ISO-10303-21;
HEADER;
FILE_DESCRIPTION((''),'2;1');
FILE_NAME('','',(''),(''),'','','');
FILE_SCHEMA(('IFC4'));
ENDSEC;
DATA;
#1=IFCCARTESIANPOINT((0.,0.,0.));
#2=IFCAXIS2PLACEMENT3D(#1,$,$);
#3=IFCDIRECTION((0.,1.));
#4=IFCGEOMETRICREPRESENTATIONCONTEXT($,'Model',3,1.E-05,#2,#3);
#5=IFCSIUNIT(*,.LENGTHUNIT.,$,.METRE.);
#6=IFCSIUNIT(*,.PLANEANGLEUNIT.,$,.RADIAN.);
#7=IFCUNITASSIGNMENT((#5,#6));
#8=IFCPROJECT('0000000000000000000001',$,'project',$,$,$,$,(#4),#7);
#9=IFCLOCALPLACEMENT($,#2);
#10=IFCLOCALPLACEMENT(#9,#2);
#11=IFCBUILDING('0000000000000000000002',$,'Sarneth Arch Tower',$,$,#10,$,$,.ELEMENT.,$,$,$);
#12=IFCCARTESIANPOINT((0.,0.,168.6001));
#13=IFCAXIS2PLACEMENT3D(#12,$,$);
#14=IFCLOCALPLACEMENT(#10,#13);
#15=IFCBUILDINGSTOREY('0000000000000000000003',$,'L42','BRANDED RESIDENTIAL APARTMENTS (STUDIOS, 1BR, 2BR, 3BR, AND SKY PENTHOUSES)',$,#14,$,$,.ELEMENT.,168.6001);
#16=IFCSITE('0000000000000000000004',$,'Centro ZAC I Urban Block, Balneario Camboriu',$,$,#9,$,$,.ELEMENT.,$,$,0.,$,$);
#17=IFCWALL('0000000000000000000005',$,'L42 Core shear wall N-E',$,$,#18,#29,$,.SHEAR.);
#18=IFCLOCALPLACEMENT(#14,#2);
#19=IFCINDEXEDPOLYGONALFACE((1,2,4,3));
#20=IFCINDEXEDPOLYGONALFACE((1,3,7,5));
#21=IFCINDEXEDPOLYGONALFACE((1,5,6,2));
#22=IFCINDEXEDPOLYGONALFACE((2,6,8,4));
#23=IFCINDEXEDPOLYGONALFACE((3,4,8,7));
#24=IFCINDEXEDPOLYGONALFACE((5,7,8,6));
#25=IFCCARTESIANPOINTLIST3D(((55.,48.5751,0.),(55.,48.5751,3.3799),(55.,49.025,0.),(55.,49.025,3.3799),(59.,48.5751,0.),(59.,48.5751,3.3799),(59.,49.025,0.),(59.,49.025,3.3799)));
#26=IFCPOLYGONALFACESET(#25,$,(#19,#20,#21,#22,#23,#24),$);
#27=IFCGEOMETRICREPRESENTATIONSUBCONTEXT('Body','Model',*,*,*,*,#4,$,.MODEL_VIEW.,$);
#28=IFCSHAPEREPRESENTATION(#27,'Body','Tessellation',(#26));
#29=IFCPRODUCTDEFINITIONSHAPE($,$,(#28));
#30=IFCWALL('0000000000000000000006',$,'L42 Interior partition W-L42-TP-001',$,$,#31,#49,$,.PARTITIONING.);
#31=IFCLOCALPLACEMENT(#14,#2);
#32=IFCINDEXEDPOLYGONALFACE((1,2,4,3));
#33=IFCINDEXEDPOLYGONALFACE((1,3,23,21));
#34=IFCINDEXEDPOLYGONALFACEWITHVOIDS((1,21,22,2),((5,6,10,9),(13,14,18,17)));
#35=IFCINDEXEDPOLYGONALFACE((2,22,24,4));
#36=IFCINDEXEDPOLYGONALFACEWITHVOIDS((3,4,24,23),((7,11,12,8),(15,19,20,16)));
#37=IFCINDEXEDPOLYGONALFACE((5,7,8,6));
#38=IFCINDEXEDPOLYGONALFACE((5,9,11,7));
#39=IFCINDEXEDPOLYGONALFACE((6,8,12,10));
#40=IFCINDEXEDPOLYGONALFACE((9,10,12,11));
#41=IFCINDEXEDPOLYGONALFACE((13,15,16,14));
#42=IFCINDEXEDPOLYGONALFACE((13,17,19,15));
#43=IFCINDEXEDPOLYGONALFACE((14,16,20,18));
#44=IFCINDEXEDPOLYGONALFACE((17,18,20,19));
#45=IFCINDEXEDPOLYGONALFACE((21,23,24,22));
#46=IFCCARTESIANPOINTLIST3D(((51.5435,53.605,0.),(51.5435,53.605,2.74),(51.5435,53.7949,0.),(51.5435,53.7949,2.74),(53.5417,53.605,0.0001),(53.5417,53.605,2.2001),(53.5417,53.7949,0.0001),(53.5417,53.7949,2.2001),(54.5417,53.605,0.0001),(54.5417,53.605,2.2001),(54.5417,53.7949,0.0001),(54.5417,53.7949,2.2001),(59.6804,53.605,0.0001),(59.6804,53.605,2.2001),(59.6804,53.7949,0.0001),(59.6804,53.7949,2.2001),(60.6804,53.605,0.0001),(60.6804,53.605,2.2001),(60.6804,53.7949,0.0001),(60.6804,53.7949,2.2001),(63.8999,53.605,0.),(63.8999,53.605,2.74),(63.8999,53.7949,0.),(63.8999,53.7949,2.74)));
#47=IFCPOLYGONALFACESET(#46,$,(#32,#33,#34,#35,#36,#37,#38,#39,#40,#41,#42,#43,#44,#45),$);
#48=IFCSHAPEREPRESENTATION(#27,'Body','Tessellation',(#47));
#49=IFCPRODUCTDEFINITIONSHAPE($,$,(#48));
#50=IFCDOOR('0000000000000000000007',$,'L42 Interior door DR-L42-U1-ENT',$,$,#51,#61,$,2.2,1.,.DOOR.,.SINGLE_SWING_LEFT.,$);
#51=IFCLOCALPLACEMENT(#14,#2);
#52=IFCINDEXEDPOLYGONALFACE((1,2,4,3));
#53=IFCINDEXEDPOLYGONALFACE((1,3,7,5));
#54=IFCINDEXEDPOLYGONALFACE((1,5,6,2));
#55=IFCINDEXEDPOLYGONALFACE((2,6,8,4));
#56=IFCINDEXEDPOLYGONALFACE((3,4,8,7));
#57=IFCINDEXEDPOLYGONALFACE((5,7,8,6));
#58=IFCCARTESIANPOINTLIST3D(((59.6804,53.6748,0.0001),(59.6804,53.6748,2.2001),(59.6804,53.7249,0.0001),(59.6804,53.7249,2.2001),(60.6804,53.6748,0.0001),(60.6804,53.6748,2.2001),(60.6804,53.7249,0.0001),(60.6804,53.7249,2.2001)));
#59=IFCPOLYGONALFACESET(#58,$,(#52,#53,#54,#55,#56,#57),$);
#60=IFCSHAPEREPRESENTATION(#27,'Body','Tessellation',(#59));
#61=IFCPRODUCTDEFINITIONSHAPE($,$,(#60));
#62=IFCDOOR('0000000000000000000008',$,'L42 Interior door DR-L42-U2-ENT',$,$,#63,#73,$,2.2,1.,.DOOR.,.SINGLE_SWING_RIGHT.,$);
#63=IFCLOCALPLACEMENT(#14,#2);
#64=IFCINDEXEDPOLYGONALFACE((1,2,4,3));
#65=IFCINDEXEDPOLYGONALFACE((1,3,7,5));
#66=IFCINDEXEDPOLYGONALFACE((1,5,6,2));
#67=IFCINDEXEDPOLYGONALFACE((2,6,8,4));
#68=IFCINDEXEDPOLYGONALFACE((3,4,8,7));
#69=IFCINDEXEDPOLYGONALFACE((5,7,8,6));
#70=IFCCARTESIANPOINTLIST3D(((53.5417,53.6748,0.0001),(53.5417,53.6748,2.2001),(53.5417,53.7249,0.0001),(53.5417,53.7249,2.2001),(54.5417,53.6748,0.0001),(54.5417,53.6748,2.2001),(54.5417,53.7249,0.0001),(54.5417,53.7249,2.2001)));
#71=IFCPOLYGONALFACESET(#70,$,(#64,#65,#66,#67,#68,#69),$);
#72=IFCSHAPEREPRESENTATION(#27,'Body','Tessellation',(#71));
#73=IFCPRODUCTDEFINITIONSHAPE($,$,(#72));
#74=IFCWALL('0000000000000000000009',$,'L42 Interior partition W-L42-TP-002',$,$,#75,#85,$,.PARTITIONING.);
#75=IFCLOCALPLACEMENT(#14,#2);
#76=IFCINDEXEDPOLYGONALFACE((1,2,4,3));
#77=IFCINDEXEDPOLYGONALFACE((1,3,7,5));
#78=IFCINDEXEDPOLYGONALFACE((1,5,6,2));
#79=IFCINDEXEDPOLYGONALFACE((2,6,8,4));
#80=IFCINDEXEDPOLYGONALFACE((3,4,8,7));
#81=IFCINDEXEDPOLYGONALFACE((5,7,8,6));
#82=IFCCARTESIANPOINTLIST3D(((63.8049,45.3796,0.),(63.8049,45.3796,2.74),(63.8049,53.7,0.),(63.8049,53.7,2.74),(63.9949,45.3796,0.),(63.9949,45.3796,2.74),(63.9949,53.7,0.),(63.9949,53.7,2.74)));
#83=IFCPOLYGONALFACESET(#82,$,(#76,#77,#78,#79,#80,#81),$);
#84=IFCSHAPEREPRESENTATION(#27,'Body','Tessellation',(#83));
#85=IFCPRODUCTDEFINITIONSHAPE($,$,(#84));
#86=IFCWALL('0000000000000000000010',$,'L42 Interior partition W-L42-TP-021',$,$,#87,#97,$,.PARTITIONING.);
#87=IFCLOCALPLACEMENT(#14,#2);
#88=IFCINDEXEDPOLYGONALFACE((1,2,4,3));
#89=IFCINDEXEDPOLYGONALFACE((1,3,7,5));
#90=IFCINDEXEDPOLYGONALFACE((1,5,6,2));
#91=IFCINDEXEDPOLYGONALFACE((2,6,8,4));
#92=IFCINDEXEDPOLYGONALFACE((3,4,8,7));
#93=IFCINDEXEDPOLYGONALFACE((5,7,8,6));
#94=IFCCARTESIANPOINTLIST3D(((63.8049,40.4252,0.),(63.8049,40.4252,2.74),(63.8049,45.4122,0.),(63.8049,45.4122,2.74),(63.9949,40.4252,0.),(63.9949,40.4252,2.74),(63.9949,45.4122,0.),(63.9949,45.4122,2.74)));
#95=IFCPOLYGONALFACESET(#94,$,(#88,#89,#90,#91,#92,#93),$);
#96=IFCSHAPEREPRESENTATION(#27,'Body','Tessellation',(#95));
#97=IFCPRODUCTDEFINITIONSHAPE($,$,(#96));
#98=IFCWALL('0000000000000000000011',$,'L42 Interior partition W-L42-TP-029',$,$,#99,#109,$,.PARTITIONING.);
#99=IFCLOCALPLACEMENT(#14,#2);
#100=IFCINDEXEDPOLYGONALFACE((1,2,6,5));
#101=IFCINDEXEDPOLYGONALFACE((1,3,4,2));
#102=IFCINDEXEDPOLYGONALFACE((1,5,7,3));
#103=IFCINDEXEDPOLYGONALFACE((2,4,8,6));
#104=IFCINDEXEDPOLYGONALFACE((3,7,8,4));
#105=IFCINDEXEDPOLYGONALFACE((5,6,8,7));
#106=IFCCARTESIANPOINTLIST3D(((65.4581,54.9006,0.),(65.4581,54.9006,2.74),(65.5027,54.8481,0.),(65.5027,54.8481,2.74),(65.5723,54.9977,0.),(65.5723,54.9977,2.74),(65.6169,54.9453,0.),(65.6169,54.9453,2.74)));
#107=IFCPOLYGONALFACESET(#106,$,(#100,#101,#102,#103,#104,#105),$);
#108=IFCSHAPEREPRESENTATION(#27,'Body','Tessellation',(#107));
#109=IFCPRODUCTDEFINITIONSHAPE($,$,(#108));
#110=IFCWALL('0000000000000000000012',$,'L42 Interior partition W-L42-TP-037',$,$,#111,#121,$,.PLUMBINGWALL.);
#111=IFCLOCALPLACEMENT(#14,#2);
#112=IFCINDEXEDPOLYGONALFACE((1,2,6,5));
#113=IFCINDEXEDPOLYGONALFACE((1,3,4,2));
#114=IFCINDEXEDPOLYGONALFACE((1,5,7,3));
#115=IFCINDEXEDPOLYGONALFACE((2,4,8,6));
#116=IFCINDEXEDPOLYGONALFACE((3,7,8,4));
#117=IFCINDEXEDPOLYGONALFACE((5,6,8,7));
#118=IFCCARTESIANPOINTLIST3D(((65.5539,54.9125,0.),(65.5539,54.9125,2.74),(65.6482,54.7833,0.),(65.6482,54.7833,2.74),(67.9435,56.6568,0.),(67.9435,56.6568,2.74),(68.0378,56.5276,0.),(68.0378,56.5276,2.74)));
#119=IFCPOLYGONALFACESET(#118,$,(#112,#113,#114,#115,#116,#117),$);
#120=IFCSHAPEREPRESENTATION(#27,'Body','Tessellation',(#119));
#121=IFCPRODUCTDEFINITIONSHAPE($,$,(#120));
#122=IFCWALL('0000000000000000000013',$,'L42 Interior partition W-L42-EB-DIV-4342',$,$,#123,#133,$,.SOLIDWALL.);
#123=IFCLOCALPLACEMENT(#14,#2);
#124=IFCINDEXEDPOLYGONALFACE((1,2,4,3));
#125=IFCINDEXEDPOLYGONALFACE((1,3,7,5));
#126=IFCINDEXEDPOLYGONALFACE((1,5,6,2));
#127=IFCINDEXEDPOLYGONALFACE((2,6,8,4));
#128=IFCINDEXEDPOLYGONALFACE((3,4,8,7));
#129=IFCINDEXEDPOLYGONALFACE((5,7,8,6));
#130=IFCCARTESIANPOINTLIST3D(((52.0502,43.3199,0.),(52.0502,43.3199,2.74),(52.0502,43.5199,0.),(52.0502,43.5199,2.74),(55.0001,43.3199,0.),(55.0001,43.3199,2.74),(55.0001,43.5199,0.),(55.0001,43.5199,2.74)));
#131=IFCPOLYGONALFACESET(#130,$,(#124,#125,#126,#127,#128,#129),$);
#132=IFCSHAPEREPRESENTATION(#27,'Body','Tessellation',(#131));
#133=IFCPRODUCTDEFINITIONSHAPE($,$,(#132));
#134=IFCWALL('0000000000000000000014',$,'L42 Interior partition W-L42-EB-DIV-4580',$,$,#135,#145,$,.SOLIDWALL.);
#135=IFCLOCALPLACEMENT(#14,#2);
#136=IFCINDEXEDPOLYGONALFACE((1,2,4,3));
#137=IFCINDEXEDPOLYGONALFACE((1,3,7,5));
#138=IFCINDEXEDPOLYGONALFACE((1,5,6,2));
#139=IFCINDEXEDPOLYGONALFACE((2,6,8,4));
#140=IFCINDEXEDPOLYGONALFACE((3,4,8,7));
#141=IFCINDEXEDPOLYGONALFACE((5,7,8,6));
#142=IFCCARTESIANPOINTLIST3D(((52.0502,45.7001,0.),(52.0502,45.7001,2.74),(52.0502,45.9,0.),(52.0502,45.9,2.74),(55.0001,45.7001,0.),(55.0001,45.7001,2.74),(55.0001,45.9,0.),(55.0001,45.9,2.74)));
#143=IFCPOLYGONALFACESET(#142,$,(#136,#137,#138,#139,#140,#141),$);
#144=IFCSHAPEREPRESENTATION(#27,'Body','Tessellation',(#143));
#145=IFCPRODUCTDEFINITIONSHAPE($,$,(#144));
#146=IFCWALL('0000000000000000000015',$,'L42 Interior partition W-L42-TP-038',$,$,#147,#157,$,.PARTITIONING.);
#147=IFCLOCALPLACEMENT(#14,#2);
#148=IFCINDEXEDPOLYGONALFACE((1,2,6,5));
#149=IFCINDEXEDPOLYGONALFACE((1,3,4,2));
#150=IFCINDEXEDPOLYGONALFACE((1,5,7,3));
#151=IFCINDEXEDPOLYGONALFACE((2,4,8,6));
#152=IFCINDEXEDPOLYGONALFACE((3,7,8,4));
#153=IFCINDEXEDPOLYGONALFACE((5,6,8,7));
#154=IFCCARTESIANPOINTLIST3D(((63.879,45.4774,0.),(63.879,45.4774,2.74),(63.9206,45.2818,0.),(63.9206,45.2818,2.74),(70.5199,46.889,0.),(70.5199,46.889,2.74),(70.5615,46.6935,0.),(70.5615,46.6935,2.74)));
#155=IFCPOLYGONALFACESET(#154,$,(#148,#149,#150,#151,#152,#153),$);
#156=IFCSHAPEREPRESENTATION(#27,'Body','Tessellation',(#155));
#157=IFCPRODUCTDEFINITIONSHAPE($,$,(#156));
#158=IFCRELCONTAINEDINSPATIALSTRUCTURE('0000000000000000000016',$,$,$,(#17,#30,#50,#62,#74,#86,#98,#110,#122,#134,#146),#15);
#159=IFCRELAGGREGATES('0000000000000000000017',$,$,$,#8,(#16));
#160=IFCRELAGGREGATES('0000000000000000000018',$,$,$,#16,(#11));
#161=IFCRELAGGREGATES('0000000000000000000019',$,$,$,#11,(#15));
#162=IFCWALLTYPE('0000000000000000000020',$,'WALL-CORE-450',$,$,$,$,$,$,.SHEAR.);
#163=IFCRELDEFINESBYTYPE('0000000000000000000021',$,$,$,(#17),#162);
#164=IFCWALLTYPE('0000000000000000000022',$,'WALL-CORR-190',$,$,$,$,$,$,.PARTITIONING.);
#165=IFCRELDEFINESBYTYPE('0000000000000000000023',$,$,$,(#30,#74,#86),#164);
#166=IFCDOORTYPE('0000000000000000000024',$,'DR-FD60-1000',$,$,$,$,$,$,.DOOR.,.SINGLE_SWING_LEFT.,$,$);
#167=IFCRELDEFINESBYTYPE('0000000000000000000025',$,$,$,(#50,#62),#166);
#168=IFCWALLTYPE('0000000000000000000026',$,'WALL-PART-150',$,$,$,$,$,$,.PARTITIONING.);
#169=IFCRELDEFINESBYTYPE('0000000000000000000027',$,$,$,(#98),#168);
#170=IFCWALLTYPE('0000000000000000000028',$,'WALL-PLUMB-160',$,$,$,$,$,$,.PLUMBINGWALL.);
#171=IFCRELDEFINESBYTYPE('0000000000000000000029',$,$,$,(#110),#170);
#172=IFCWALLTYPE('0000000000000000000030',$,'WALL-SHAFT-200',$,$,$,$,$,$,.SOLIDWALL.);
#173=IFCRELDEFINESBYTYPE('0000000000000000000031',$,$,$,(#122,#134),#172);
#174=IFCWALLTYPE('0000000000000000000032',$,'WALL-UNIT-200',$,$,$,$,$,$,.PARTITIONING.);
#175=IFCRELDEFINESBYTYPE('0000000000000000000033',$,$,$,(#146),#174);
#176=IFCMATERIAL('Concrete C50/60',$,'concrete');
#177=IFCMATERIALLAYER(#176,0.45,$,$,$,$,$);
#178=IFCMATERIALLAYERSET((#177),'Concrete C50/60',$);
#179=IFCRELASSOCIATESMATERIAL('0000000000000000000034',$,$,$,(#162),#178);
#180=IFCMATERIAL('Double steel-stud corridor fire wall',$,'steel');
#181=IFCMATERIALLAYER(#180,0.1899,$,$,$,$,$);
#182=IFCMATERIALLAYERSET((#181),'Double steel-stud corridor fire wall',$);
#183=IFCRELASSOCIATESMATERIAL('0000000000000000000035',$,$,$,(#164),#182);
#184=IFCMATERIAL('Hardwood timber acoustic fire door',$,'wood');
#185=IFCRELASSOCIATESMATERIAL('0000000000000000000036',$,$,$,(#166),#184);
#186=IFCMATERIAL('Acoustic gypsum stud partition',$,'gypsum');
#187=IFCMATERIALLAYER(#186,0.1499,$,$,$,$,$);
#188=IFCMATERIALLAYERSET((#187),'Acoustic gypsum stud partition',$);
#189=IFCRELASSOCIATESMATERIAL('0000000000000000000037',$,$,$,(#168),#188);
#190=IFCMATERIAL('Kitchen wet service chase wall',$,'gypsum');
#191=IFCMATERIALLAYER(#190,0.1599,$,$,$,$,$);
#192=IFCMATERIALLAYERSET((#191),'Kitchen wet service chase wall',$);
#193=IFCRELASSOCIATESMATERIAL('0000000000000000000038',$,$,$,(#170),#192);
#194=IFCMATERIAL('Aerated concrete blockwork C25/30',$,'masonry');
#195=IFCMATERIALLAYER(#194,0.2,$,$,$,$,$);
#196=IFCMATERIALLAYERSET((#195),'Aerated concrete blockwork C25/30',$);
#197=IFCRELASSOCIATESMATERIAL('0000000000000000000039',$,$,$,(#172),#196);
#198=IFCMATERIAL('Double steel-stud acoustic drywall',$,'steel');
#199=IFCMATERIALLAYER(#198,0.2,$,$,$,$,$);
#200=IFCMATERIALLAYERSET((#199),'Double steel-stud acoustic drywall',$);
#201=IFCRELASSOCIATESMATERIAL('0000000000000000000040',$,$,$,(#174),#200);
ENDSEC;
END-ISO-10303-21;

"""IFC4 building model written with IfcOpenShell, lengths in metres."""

from ifc_helpers import new_model, si_unit, direction, frame, frame_2d, origin, place, context, subcontext, project, spatial, rectangle, extrude, material, layer, layer_set, type_object, element, fill, save


model = new_model("IFC4")

# Units and contexts
model_context = context("Model", 3, precision=1e-05, world=origin(), true_north=direction((0.0, 1.0)))
body_context = subcontext(model_context, "Body", "Model", "MODEL_VIEW")
ifc_project = project(units=[si_unit("LENGTHUNIT", "METRE"), si_unit("PLANEANGLEUNIT", "RADIAN")], contexts=[model_context])

# Site, building, storey
site_placement = place(None, origin())
site = spatial("IfcSite", under=ifc_project, at=site_placement, Name="Centro ZAC I Urban Block, Balneario Camboriu", CompositionType="ELEMENT", RefElevation=0.0)
building_placement = place(site_placement, origin())
building = spatial("IfcBuilding", under=site, at=building_placement, Name="Sarneth Arch Tower", CompositionType="ELEMENT")
storey_placement = place(building_placement, frame((0.0, 0.0, 168.6001)))
storey = spatial("IfcBuildingStorey", under=building, at=storey_placement, Name="L42", Description="BRANDED RESIDENTIAL APARTMENTS (STUDIOS, 1BR, 2BR, 3BR, AND SKY PENTHOUSES)", CompositionType="ELEMENT", Elevation=168.6001)

# Wall
ifc_material_1 = material(Name="Concrete C50/60", Category="concrete")
ifc_layer_1 = layer(ifc_material_1, 0.45)
ifc_layer_set_1 = layer_set([ifc_layer_1], Name="Concrete C50/60")
wall_type_1 = type_object("IfcWallType", Name="WALL-CORE-450", PredefinedType="SHEAR", material=ifc_layer_set_1)
wall_1_placement = place(storey_placement, frame((55.0, 48.8, 0.0), z_axis=(0.0, 0.0, 1.0), x_axis=(1.0, 0.0, 0.0)))
element("IfcWall", 1, at=wall_1_placement, inside=storey, type_object=wall_type_1, Name="L42 Core shear wall N-E", PredefinedType="SHEAR", context=body_context, shape_type="SweptSolid", body=[
    extrude(rectangle(XDim=4.0, YDim=0.45, at=frame_2d((2.0, 0.0))), origin(), (0.0, 0.0, 1.0), 3.3799),
])

# Wall, openings, doors
ifc_material_2 = material(Name="Double steel-stud corridor fire wall", Category="steel")
ifc_layer_2 = layer(ifc_material_2, 0.1899)
ifc_layer_set_2 = layer_set([ifc_layer_2], Name="Double steel-stud corridor fire wall")
wall_type_2 = type_object("IfcWallType", Name="WALL-CORR-190", PredefinedType="PARTITIONING", material=ifc_layer_set_2)
wall_2_placement = place(storey_placement, frame((51.5435, 53.7, 0.0), z_axis=(0.0, 0.0, 1.0), x_axis=(1.0, 0.0, 0.0)))
wall_2 = element("IfcWall", 2, at=wall_2_placement, inside=storey, type_object=wall_type_2, Name="L42 Interior partition W-L42-TP-001", PredefinedType="PARTITIONING", context=body_context, shape_type="SweptSolid", body=[
    extrude(rectangle(XDim=12.3564, YDim=0.1899, at=frame_2d((6.1782, 0.0))), origin(), (0.0, 0.0, 1.0), 2.74),
])
opening_1_placement = place(wall_2_placement, frame((8.137, 0.0, 0.0)))
opening_1 = element("IfcOpeningElement", 3, at=opening_1_placement, cuts=wall_2, PredefinedType="OPENING", context=body_context, shape_type="SweptSolid", body=[
    extrude(rectangle(XDim=1.0, YDim=2.2, at=frame_2d((0.5, 1.1001))), frame((0.0, 0.105, 0.0), z_axis=(0.0, -1.0, 0.0), x_axis=(1.0, 0.0, 0.0)), (0.0, 0.0, 1.0), 0.21),
])
opening_2_placement = place(wall_2_placement, frame((1.9983, 0.0, 0.0)))
opening_2 = element("IfcOpeningElement", 4, at=opening_2_placement, cuts=wall_2, PredefinedType="OPENING", context=body_context, shape_type="SweptSolid", body=[
    extrude(rectangle(XDim=1.0, YDim=2.2, at=frame_2d((0.5, 1.1001))), frame((0.0, 0.105, 0.0), z_axis=(0.0, -1.0, 0.0), x_axis=(1.0, 0.0, 0.0)), (0.0, 0.0, 1.0), 0.21),
])
ifc_material_3 = material(Name="Hardwood timber acoustic fire door", Category="wood")
door_type = type_object("IfcDoorType", Name="DR-FD60-1000", OperationType="SINGLE_SWING_LEFT", PredefinedType="DOOR", material=ifc_material_3)
door_1_placement = place(opening_1_placement, origin())
door_1 = element("IfcDoor", 5, at=door_1_placement, inside=storey, type_object=door_type, Name="L42 Interior door DR-L42-U1-ENT", OperationType="SINGLE_SWING_LEFT", OverallHeight=2.2, OverallWidth=1.0, PredefinedType="DOOR", context=body_context, shape_type="SweptSolid", body=[
    extrude(rectangle(XDim=1.0, YDim=2.2, at=frame_2d((0.5, 1.1001))), frame((0.0, 0.0249, 0.0), z_axis=(0.0, -1.0, 0.0), x_axis=(1.0, 0.0, 0.0)), (0.0, 0.0, 1.0), 0.05),
])
fill(opening_1, door_1)
door_2_placement = place(opening_2_placement, origin())
door_2 = element("IfcDoor", 6, at=door_2_placement, inside=storey, type_object=door_type, Name="L42 Interior door DR-L42-U2-ENT", OperationType="SINGLE_SWING_RIGHT", OverallHeight=2.2, OverallWidth=1.0, PredefinedType="DOOR", context=body_context, shape_type="SweptSolid", body=[
    extrude(rectangle(XDim=1.0, YDim=2.2, at=frame_2d((0.5, 1.1001))), frame((0.0, 0.0249, 0.0), z_axis=(0.0, -1.0, 0.0), x_axis=(1.0, 0.0, 0.0)), (0.0, 0.0, 1.0), 0.05),
])
fill(opening_2, door_2)

# Walls
wall_3_placement = place(storey_placement, frame((63.8999, 53.7, 0.0), z_axis=(0.0, 0.0, 1.0), x_axis=(0.0, -1.0, 0.0)))
element("IfcWall", 7, at=wall_3_placement, inside=storey, type_object=wall_type_2, Name="L42 Interior partition W-L42-TP-002", PredefinedType="PARTITIONING", context=body_context, shape_type="SweptSolid", body=[
    extrude(rectangle(XDim=8.3203, YDim=0.1899, at=frame_2d((4.1602, 0.0))), origin(), (0.0, 0.0, 1.0), 2.74),
])
wall_4_placement = place(storey_placement, frame((63.8999, 45.4124, 0.0), z_axis=(0.0, 0.0, 1.0), x_axis=(0.0, -1.0, 0.0)))
element("IfcWall", 8, at=wall_4_placement, inside=storey, type_object=wall_type_2, Name="L42 Interior partition W-L42-TP-021", PredefinedType="PARTITIONING", context=body_context, shape_type="SweptSolid", body=[
    extrude(rectangle(XDim=4.9871, YDim=0.1899, at=frame_2d((2.4937, 0.0))), origin(), (0.0, 0.0, 1.0), 2.74),
])
ifc_material_4 = material(Name="Acoustic gypsum stud partition", Category="gypsum")
ifc_layer_3 = layer(ifc_material_4, 0.1499)
ifc_layer_set_3 = layer_set([ifc_layer_3], Name="Acoustic gypsum stud partition")
wall_type_3 = type_object("IfcWallType", Name="WALL-PART-150", PredefinedType="PARTITIONING", material=ifc_layer_set_3)
wall_5_placement = place(storey_placement, frame((65.5598, 54.8967, 0.0), z_axis=(0.0, 0.0, 1.0), x_axis=(-0.648162, 0.761502, 0.0)))
element("IfcWall", 9, at=wall_5_placement, inside=storey, type_object=wall_type_3, Name="L42 Interior partition W-L42-TP-029", PredefinedType="PARTITIONING", context=body_context, shape_type="SweptSolid", body=[
    extrude(rectangle(XDim=0.0688, YDim=0.1499, at=frame_2d((0.0344, 0.0))), origin(), (0.0, 0.0, 1.0), 2.74),
])
ifc_material_5 = material(Name="Kitchen wet service chase wall", Category="gypsum")
ifc_layer_4 = layer(ifc_material_5, 0.1599)
ifc_layer_set_4 = layer_set([ifc_layer_4], Name="Kitchen wet service chase wall")
wall_type_4 = type_object("IfcWallType", Name="WALL-PLUMB-160", PredefinedType="PLUMBINGWALL", material=ifc_layer_set_4)
wall_6_placement = place(storey_placement, frame((65.6011, 54.8479, 0.0), z_axis=(0.0, 0.0, 1.0), x_axis=(0.807696, 0.589599, 0.0)))
element("IfcWall", 10, at=wall_6_placement, inside=storey, type_object=wall_type_4, Name="L42 Interior partition W-L42-TP-037", PredefinedType="PLUMBINGWALL", context=body_context, shape_type="SweptSolid", body=[
    extrude(rectangle(XDim=2.9585, YDim=0.1599, at=frame_2d((1.4792, 0.0))), origin(), (0.0, 0.0, 1.0), 2.74),
])
ifc_material_6 = material(Name="Aerated concrete blockwork C25/30", Category="masonry")
ifc_layer_5 = layer(ifc_material_6, 0.2)
ifc_layer_set_5 = layer_set([ifc_layer_5], Name="Aerated concrete blockwork C25/30")
wall_type_5 = type_object("IfcWallType", Name="WALL-SHAFT-200", PredefinedType="SOLIDWALL", material=ifc_layer_set_5)
for number, where, z_axis, x_axis, name in (
    (11, (52.05, 43.4199, 0.0), (0.0, 0.0, 1.0), (1.0, 0.0, 0.0), "L42 Interior partition W-L42-EB-DIV-4342"),
    (12, (52.05, 45.8, 0.0), (0.0, 0.0, 1.0), (1.0, 0.0, 0.0), "L42 Interior partition W-L42-EB-DIV-4580"),
):
    element("IfcWall", number, at=place(storey_placement, frame(where, z_axis=z_axis, x_axis=x_axis)), inside=storey, type_object=wall_type_5, Name=name, PredefinedType="SOLIDWALL", context=body_context, shape_type="SweptSolid", body=[
        extrude(rectangle(XDim=2.95, YDim=0.2, at=frame_2d((1.4751, 0.0))), origin(), (0.0, 0.0, 1.0), 2.74),
    ])
ifc_material_7 = material(Name="Double steel-stud acoustic drywall", Category="steel")
ifc_layer_6 = layer(ifc_material_7, 0.2)
ifc_layer_set_6 = layer_set([ifc_layer_6], Name="Double steel-stud acoustic drywall")
wall_type_6 = type_object("IfcWallType", Name="WALL-UNIT-200", PredefinedType="PARTITIONING", material=ifc_layer_set_6)
wall_7_placement = place(storey_placement, frame((63.8999, 45.3796, 0.0), z_axis=(0.0, 0.0, 1.0), x_axis=(0.978146, 0.20792, 0.0)))
element("IfcWall", 13, at=wall_7_placement, inside=storey, type_object=wall_type_6, Name="L42 Interior partition W-L42-TP-038", PredefinedType="PARTITIONING", context=body_context, shape_type="SweptSolid", body=[
    extrude(rectangle(XDim=6.7893, YDim=0.2, at=frame_2d((3.3945, 0.0))), origin(), (0.0, 0.0, 1.0), 2.74),
])

save(model, "model.ifc")
